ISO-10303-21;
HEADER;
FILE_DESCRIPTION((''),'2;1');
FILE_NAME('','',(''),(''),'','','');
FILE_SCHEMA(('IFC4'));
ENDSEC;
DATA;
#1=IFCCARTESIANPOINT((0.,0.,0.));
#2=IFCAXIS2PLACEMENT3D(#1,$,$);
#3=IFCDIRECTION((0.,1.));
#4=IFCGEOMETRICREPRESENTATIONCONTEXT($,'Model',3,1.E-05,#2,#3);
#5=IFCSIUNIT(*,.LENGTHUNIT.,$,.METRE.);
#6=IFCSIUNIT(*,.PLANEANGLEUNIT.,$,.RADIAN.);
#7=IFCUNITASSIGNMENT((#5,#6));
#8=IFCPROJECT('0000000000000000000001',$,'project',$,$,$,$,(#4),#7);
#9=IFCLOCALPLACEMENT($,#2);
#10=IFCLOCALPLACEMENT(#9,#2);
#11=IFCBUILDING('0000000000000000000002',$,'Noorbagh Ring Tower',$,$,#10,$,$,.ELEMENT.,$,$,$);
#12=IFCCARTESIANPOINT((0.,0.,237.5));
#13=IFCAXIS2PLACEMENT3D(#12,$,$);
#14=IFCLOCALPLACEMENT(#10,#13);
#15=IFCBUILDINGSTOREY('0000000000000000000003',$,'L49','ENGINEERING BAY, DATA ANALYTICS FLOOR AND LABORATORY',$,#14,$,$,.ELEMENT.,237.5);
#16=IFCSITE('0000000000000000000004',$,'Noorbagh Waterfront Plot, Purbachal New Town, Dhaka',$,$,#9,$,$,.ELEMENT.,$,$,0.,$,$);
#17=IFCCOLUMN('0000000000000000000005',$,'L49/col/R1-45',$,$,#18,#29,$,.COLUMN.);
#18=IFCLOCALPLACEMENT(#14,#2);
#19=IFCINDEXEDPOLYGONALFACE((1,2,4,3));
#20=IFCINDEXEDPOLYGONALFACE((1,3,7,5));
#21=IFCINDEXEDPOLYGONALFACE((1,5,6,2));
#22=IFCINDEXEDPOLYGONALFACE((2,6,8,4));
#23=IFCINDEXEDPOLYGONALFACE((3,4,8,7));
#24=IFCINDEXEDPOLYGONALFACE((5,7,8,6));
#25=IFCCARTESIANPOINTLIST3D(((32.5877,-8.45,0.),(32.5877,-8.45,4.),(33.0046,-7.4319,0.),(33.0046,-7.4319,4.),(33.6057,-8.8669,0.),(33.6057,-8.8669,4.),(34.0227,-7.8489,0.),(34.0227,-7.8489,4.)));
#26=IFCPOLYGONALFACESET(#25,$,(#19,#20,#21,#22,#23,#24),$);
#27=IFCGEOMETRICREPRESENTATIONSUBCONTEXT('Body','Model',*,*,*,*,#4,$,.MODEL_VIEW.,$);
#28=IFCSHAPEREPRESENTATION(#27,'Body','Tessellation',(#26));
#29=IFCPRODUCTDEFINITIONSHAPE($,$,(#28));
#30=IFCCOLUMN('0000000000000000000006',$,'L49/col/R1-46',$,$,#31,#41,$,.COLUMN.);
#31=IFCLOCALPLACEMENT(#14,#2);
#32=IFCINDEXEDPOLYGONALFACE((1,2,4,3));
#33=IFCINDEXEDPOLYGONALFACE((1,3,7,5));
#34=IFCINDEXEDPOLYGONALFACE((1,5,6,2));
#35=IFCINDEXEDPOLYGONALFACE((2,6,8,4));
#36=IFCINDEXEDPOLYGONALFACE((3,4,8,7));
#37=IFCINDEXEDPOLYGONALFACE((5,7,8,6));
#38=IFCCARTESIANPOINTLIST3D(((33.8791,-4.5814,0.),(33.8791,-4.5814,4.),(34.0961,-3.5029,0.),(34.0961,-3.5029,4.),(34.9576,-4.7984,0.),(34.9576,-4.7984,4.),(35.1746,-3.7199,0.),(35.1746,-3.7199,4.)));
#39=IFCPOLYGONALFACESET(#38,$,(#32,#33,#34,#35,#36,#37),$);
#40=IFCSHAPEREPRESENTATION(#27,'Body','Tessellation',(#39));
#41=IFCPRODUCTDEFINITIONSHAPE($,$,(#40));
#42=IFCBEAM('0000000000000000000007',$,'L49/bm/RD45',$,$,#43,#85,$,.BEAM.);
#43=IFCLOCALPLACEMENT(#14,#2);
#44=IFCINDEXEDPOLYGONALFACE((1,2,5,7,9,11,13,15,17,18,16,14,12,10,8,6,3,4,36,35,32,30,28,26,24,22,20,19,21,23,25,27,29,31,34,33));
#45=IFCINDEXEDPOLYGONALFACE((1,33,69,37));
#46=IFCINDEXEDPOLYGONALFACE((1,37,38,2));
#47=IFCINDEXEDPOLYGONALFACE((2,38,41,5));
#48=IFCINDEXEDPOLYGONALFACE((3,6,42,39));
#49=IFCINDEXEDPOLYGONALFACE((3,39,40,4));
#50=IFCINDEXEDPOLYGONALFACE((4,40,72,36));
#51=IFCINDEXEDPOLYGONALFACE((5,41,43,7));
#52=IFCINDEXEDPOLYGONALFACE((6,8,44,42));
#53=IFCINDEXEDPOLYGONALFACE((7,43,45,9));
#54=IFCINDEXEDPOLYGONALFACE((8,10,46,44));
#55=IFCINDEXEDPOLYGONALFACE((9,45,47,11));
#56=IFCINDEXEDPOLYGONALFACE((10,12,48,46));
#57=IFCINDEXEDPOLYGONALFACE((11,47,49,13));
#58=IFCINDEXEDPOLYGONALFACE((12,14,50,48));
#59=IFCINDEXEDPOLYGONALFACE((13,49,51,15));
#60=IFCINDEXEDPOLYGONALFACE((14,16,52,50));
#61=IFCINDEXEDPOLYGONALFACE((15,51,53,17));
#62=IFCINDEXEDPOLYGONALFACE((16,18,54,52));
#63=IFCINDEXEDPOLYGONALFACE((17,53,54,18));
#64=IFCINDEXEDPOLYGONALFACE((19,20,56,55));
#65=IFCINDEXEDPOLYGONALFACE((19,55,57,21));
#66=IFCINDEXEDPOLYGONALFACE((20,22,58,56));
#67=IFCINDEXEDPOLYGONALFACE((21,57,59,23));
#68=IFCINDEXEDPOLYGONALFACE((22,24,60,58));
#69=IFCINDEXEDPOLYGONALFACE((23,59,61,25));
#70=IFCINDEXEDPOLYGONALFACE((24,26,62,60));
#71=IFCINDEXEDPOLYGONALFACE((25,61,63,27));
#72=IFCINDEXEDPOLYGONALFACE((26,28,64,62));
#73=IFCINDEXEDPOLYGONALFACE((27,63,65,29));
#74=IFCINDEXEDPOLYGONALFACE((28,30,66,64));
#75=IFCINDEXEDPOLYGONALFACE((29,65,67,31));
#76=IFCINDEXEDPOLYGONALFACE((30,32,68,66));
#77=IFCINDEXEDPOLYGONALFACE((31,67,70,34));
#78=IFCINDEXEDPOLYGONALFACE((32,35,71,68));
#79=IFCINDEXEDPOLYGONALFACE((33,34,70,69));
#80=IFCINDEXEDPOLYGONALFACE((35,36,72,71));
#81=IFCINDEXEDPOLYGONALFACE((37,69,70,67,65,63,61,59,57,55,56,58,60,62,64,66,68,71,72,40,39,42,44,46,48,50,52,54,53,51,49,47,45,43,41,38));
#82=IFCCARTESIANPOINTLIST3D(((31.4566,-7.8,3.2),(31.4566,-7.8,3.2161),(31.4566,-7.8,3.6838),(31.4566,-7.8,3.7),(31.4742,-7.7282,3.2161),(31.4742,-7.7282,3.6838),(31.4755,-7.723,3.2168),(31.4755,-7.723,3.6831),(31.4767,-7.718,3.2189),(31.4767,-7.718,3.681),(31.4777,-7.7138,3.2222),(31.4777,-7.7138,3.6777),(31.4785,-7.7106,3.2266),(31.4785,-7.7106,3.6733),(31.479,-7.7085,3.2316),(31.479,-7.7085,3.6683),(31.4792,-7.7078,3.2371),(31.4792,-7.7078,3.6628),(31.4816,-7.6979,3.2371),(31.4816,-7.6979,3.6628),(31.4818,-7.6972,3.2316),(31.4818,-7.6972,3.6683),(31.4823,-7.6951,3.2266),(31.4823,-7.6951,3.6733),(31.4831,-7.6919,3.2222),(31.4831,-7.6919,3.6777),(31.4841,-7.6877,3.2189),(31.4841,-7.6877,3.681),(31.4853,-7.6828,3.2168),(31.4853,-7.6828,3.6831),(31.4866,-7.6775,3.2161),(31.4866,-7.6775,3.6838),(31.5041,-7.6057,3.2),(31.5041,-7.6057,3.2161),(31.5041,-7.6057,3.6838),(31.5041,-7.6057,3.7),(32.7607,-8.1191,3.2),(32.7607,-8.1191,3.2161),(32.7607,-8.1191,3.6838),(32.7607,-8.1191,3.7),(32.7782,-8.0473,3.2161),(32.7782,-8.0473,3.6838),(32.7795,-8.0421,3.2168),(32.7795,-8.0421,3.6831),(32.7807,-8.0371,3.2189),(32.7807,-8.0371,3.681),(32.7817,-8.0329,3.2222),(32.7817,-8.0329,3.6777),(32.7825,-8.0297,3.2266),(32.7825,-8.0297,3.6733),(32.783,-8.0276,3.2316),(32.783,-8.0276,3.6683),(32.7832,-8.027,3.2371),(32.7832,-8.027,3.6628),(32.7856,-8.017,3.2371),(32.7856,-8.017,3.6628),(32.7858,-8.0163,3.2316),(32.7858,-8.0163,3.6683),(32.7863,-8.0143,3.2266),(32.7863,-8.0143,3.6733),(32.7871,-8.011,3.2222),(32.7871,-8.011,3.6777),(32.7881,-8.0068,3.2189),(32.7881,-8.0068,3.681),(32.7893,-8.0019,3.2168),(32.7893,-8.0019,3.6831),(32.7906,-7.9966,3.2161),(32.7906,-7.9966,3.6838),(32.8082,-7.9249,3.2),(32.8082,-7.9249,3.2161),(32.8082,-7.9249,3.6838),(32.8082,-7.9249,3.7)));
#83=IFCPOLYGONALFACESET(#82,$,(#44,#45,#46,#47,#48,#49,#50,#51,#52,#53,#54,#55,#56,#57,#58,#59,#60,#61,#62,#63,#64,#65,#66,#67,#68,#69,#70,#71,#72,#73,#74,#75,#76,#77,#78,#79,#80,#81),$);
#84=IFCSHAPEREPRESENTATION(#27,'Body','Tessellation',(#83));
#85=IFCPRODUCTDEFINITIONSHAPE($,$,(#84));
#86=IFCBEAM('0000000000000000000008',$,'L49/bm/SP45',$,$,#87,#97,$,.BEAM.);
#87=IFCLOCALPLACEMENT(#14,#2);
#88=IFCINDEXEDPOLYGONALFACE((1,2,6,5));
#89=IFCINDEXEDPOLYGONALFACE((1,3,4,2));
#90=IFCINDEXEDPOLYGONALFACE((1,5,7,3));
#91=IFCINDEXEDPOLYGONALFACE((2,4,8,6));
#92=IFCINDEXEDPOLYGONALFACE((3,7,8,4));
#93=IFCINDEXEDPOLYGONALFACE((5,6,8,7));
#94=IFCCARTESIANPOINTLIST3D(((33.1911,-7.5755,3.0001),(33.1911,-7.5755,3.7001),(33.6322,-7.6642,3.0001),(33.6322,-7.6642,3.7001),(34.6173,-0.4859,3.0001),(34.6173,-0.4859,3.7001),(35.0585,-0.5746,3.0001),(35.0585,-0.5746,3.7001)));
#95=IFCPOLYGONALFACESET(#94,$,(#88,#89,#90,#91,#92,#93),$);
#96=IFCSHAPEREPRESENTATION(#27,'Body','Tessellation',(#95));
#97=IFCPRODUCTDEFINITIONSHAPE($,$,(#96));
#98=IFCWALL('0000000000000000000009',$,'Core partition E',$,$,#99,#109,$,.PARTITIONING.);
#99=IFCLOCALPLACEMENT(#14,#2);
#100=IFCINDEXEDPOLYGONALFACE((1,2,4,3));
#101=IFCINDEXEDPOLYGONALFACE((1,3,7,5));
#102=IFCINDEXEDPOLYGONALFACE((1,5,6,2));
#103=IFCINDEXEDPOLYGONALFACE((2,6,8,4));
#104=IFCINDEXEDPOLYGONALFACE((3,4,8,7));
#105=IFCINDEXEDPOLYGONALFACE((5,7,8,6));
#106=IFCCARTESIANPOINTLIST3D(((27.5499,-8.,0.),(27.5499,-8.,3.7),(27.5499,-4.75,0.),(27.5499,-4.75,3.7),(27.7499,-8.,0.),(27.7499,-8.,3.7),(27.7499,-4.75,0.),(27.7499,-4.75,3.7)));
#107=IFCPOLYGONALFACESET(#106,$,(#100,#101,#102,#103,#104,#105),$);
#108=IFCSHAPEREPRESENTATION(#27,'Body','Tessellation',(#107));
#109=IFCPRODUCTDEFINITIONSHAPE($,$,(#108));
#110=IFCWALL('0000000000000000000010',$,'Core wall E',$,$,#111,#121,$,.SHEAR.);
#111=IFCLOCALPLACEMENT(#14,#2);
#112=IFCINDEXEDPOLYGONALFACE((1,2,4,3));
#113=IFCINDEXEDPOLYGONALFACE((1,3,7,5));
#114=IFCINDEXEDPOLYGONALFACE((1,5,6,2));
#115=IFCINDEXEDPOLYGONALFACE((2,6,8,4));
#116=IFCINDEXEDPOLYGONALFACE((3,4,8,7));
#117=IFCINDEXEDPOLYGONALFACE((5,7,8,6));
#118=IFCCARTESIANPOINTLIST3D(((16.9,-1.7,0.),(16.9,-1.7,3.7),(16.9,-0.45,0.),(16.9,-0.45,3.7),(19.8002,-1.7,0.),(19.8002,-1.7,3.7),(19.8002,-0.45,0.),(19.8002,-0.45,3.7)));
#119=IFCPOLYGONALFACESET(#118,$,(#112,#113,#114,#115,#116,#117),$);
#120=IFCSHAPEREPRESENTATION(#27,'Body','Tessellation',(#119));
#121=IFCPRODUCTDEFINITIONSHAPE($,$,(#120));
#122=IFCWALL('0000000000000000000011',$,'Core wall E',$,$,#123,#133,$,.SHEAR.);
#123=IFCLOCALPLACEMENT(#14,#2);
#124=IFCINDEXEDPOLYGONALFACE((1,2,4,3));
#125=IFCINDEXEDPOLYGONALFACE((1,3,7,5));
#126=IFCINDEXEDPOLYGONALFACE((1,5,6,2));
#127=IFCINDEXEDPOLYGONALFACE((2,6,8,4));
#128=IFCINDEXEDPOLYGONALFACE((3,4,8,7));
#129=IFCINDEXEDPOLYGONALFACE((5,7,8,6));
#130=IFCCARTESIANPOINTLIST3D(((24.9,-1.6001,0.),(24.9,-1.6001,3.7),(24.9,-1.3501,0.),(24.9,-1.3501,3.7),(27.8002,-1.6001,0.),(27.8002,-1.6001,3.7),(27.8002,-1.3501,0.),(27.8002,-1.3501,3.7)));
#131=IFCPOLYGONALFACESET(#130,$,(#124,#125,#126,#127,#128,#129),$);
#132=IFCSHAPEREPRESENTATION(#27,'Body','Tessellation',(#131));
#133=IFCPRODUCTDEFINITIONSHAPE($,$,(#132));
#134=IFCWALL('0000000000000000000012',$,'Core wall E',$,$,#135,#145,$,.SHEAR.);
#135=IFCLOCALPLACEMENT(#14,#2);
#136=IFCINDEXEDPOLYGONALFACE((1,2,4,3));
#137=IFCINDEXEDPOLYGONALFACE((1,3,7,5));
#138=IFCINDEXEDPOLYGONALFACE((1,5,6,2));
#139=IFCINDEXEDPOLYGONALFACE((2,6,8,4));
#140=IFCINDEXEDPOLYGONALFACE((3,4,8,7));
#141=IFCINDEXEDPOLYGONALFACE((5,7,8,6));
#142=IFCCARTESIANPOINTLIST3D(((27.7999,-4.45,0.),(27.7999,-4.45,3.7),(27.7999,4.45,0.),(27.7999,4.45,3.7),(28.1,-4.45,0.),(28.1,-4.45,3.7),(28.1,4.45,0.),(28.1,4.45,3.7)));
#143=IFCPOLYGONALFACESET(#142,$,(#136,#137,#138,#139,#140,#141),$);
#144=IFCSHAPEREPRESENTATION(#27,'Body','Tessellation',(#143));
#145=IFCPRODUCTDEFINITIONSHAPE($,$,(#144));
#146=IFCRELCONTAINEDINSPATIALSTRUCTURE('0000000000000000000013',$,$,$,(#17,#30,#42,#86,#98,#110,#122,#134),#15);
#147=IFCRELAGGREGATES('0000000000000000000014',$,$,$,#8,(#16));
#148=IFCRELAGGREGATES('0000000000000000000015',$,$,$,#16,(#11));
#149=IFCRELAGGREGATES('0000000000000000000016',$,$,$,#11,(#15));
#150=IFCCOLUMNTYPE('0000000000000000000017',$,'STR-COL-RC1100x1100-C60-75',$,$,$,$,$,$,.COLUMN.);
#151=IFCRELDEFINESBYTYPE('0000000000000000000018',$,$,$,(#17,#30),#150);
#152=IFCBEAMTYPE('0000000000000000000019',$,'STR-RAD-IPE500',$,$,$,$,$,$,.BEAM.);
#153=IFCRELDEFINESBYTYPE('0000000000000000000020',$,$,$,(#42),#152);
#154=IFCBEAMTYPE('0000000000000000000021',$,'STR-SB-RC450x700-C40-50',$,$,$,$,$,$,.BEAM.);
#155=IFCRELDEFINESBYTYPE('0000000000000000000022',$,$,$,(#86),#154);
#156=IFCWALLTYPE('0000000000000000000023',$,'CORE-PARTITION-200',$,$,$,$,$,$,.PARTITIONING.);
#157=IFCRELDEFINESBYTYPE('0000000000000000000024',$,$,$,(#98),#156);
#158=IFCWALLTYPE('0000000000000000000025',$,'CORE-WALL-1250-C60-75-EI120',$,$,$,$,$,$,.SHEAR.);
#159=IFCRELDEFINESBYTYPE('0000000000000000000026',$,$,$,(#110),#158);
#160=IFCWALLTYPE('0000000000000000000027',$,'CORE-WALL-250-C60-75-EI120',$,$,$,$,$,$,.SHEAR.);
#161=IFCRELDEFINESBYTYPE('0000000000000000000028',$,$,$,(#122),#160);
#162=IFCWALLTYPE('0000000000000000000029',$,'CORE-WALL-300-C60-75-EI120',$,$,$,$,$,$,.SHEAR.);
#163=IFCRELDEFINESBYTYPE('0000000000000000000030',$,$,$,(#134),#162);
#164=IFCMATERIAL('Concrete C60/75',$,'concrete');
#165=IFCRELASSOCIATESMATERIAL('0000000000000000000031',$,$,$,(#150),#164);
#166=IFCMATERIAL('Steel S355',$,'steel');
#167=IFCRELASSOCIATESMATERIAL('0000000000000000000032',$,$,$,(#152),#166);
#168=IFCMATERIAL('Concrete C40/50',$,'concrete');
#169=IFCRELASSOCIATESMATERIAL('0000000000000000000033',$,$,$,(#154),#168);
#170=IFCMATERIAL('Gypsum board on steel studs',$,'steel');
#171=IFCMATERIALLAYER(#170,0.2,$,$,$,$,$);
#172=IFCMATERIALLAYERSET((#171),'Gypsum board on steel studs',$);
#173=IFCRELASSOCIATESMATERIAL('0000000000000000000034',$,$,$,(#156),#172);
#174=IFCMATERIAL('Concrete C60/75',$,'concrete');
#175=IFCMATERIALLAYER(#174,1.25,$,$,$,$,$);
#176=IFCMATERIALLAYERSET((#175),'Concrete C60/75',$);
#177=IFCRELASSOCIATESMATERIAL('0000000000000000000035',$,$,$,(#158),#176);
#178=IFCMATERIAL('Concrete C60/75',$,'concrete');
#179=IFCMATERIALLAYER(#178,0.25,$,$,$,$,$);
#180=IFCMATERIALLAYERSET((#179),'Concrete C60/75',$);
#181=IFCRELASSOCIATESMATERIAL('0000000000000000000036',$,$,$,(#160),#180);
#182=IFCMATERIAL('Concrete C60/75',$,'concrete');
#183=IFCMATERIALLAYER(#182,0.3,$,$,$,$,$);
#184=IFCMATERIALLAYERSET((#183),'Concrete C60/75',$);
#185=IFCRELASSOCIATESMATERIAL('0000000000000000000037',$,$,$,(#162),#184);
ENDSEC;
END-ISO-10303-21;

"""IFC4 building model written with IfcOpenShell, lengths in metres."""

from ifc_helpers import new_model, si_unit, direction, frame, frame_2d, origin, origin_2d, place, context, subcontext, project, spatial, rectangle, i_section, extrude, material, layer, layer_set, material_profile, profile_set, type_object, element, save


model = new_model("IFC4")

# Units and contexts
model_context = context("Model", 3, precision=1e-05, world=origin(), true_north=direction((0.0, 1.0)))
body_context = subcontext(model_context, "Body", "Model", "MODEL_VIEW")
ifc_project = project(units=[si_unit("LENGTHUNIT", "METRE"), si_unit("PLANEANGLEUNIT", "RADIAN")], contexts=[model_context])

# Site, building, storey
site_placement = place(None, origin())
site = spatial("IfcSite", under=ifc_project, at=site_placement, Name="Noorbagh Waterfront Plot, Purbachal New Town, Dhaka", CompositionType="ELEMENT", RefElevation=0.0)
building_placement = place(site_placement, origin())
building = spatial("IfcBuilding", under=site, at=building_placement, Name="Noorbagh Ring Tower", CompositionType="ELEMENT")
storey_placement = place(building_placement, frame((0.0, 0.0, 237.5)))
storey = spatial("IfcBuildingStorey", under=building, at=storey_placement, Name="L49", Description="ENGINEERING BAY, DATA ANALYTICS FLOOR AND LABORATORY", CompositionType="ELEMENT", Elevation=237.5)

# Columns
ifc_material_1 = material(Name="Concrete C60/75", Category="concrete")
ifc_material_profile_1 = material_profile(ifc_material_1, rectangle(XDim=1.1001, YDim=1.1001, at=origin_2d()), Name="RC1100x1100")
ifc_profile_set_1 = profile_set([ifc_material_profile_1], Name="Concrete C60/75")
column_type = type_object("IfcColumnType", Name="STR-COL-RC1100x1100-C60-75", PredefinedType="COLUMN", material=ifc_profile_set_1)
for number, where, z_axis, x_axis, name in (
    (1, (33.3052, -8.1494, 0.0), (0.0, 0.0, 1.0), (0.378989, 0.925401, 0.0), "L49/col/R1-45"),
    (2, (34.5269, -4.1506, 0.0), (0.0, 0.0, 1.0), (0.19723, 0.980357, 0.0), "L49/col/R1-46"),
):
    element("IfcColumn", number, at=place(storey_placement, frame(where, z_axis=z_axis, x_axis=x_axis)), inside=storey, type_object=column_type, Name=name, PredefinedType="COLUMN", context=body_context, shape_type="SweptSolid", body=[
        extrude(rectangle(XDim=1.1001, YDim=1.1001, at=origin_2d()), origin(), (0.0, 0.0, 1.0), 4.0),
    ])

# Beams
ifc_material_2 = material(Name="Steel S355", Category="steel")
ifc_material_profile_2 = material_profile(ifc_material_2, i_section(OverallWidth=0.2, OverallDepth=0.5, WebThickness=0.0103, FlangeThickness=0.0161, FilletRadius=0.021, at=origin_2d()), Name="IPE500")
ifc_profile_set_2 = profile_set([ifc_material_profile_2], Name="Steel S355")
beam_type_1 = type_object("IfcBeamType", Name="STR-RAD-IPE500", PredefinedType="BEAM", material=ifc_profile_set_2)
beam_1_placement = place(storey_placement, frame((32.7844, -8.022, 3.45), z_axis=(-0.971339, 0.237697, 0.0), x_axis=(-0.237697, -0.971339, 0.0)))
element("IfcBeam", 3, at=beam_1_placement, inside=storey, type_object=beam_type_1, Name="L49/bm/RD45", PredefinedType="BEAM", context=body_context, shape_type="SweptSolid", body=[
    extrude(i_section(OverallWidth=0.2, OverallDepth=0.5, WebThickness=0.0103, FlangeThickness=0.0161, FilletRadius=0.021, at=origin_2d()), origin(), (0.0, 0.0, 1.0), 1.3425),
])
ifc_material_3 = material(Name="Concrete C40/50", Category="concrete")
ifc_material_profile_3 = material_profile(ifc_material_3, rectangle(XDim=0.45, YDim=0.7, at=origin_2d()), Name="RC450x700")
ifc_profile_set_3 = profile_set([ifc_material_profile_3], Name="Concrete C40/50")
beam_type_2 = type_object("IfcBeamType", Name="STR-SB-RC450x700-C40-50", PredefinedType="BEAM", material=ifc_profile_set_3)
beam_2_placement = place(storey_placement, frame((33.4116, -7.6199, 3.3501), z_axis=(0.197226, 0.980358, 0.0), x_axis=(-0.980358, 0.197226, 0.0)))
element("IfcBeam", 4, at=beam_2_placement, inside=storey, type_object=beam_type_2, Name="L49/bm/SP45", PredefinedType="BEAM", context=body_context, shape_type="SweptSolid", body=[
    extrude(rectangle(XDim=0.45, YDim=0.7, at=origin_2d()), origin(), (0.0, 0.0, 1.0), 7.2317),
])

# Walls
ifc_material_4 = material(Name="Gypsum board on steel studs", Category="steel")
ifc_layer_1 = layer(ifc_material_4, 0.2)
ifc_layer_set_1 = layer_set([ifc_layer_1], Name="Gypsum board on steel studs")
wall_type_1 = type_object("IfcWallType", Name="CORE-PARTITION-200", PredefinedType="PARTITIONING", material=ifc_layer_set_1)
wall_1_placement = place(storey_placement, frame((27.6499, -8.0, 0.0), z_axis=(0.0, 0.0, 1.0), x_axis=(0.0, 1.0, 0.0)))
element("IfcWall", 5, at=wall_1_placement, inside=storey, type_object=wall_type_1, Name="Core partition E", PredefinedType="PARTITIONING", context=body_context, shape_type="SweptSolid", body=[
    extrude(rectangle(XDim=3.25, YDim=0.2, at=frame_2d((1.625, 0.0))), origin(), (0.0, 0.0, 1.0), 3.7),
])
ifc_material_5 = material(Name="Concrete C60/75", Category="concrete")
ifc_layer_2 = layer(ifc_material_5, 1.25)
ifc_layer_set_2 = layer_set([ifc_layer_2], Name="Concrete C60/75")
wall_type_2 = type_object("IfcWallType", Name="CORE-WALL-1250-C60-75-EI120", PredefinedType="SHEAR", material=ifc_layer_set_2)
wall_2_placement = place(storey_placement, frame((16.8999, -1.075, 0.0), z_axis=(0.0, 0.0, 1.0), x_axis=(1.0, 0.0, 0.0)))
element("IfcWall", 6, at=wall_2_placement, inside=storey, type_object=wall_type_2, Name="Core wall E", PredefinedType="SHEAR", context=body_context, shape_type="SweptSolid", body=[
    extrude(rectangle(XDim=2.9001, YDim=1.25, at=frame_2d((1.4502, 0.0))), origin(), (0.0, 0.0, 1.0), 3.7),
])
ifc_material_6 = material(Name="Concrete C60/75", Category="concrete")
ifc_layer_3 = layer(ifc_material_6, 0.25)
ifc_layer_set_3 = layer_set([ifc_layer_3], Name="Concrete C60/75")
wall_type_3 = type_object("IfcWallType", Name="CORE-WALL-250-C60-75-EI120", PredefinedType="SHEAR", material=ifc_layer_set_3)
wall_3_placement = place(storey_placement, frame((24.8999, -1.4751, 0.0), z_axis=(0.0, 0.0, 1.0), x_axis=(1.0, 0.0, 0.0)))
element("IfcWall", 7, at=wall_3_placement, inside=storey, type_object=wall_type_3, Name="Core wall E", PredefinedType="SHEAR", context=body_context, shape_type="SweptSolid", body=[
    extrude(rectangle(XDim=2.9001, YDim=0.25, at=frame_2d((1.4502, 0.0))), origin(), (0.0, 0.0, 1.0), 3.7),
])
ifc_material_7 = material(Name="Concrete C60/75", Category="concrete")
ifc_layer_4 = layer(ifc_material_7, 0.3)
ifc_layer_set_4 = layer_set([ifc_layer_4], Name="Concrete C60/75")
wall_type_4 = type_object("IfcWallType", Name="CORE-WALL-300-C60-75-EI120", PredefinedType="SHEAR", material=ifc_layer_set_4)
wall_4_placement = place(storey_placement, frame((27.95, -4.45, 0.0), z_axis=(0.0, 0.0, 1.0), x_axis=(0.0, 1.0, 0.0)))
element("IfcWall", 8, at=wall_4_placement, inside=storey, type_object=wall_type_4, Name="Core wall E", PredefinedType="SHEAR", context=body_context, shape_type="SweptSolid", body=[
    extrude(rectangle(XDim=8.8999, YDim=0.3, at=frame_2d((4.45, 0.0))), origin(), (0.0, 0.0, 1.0), 3.7),
])

save(model, "model.ifc")
